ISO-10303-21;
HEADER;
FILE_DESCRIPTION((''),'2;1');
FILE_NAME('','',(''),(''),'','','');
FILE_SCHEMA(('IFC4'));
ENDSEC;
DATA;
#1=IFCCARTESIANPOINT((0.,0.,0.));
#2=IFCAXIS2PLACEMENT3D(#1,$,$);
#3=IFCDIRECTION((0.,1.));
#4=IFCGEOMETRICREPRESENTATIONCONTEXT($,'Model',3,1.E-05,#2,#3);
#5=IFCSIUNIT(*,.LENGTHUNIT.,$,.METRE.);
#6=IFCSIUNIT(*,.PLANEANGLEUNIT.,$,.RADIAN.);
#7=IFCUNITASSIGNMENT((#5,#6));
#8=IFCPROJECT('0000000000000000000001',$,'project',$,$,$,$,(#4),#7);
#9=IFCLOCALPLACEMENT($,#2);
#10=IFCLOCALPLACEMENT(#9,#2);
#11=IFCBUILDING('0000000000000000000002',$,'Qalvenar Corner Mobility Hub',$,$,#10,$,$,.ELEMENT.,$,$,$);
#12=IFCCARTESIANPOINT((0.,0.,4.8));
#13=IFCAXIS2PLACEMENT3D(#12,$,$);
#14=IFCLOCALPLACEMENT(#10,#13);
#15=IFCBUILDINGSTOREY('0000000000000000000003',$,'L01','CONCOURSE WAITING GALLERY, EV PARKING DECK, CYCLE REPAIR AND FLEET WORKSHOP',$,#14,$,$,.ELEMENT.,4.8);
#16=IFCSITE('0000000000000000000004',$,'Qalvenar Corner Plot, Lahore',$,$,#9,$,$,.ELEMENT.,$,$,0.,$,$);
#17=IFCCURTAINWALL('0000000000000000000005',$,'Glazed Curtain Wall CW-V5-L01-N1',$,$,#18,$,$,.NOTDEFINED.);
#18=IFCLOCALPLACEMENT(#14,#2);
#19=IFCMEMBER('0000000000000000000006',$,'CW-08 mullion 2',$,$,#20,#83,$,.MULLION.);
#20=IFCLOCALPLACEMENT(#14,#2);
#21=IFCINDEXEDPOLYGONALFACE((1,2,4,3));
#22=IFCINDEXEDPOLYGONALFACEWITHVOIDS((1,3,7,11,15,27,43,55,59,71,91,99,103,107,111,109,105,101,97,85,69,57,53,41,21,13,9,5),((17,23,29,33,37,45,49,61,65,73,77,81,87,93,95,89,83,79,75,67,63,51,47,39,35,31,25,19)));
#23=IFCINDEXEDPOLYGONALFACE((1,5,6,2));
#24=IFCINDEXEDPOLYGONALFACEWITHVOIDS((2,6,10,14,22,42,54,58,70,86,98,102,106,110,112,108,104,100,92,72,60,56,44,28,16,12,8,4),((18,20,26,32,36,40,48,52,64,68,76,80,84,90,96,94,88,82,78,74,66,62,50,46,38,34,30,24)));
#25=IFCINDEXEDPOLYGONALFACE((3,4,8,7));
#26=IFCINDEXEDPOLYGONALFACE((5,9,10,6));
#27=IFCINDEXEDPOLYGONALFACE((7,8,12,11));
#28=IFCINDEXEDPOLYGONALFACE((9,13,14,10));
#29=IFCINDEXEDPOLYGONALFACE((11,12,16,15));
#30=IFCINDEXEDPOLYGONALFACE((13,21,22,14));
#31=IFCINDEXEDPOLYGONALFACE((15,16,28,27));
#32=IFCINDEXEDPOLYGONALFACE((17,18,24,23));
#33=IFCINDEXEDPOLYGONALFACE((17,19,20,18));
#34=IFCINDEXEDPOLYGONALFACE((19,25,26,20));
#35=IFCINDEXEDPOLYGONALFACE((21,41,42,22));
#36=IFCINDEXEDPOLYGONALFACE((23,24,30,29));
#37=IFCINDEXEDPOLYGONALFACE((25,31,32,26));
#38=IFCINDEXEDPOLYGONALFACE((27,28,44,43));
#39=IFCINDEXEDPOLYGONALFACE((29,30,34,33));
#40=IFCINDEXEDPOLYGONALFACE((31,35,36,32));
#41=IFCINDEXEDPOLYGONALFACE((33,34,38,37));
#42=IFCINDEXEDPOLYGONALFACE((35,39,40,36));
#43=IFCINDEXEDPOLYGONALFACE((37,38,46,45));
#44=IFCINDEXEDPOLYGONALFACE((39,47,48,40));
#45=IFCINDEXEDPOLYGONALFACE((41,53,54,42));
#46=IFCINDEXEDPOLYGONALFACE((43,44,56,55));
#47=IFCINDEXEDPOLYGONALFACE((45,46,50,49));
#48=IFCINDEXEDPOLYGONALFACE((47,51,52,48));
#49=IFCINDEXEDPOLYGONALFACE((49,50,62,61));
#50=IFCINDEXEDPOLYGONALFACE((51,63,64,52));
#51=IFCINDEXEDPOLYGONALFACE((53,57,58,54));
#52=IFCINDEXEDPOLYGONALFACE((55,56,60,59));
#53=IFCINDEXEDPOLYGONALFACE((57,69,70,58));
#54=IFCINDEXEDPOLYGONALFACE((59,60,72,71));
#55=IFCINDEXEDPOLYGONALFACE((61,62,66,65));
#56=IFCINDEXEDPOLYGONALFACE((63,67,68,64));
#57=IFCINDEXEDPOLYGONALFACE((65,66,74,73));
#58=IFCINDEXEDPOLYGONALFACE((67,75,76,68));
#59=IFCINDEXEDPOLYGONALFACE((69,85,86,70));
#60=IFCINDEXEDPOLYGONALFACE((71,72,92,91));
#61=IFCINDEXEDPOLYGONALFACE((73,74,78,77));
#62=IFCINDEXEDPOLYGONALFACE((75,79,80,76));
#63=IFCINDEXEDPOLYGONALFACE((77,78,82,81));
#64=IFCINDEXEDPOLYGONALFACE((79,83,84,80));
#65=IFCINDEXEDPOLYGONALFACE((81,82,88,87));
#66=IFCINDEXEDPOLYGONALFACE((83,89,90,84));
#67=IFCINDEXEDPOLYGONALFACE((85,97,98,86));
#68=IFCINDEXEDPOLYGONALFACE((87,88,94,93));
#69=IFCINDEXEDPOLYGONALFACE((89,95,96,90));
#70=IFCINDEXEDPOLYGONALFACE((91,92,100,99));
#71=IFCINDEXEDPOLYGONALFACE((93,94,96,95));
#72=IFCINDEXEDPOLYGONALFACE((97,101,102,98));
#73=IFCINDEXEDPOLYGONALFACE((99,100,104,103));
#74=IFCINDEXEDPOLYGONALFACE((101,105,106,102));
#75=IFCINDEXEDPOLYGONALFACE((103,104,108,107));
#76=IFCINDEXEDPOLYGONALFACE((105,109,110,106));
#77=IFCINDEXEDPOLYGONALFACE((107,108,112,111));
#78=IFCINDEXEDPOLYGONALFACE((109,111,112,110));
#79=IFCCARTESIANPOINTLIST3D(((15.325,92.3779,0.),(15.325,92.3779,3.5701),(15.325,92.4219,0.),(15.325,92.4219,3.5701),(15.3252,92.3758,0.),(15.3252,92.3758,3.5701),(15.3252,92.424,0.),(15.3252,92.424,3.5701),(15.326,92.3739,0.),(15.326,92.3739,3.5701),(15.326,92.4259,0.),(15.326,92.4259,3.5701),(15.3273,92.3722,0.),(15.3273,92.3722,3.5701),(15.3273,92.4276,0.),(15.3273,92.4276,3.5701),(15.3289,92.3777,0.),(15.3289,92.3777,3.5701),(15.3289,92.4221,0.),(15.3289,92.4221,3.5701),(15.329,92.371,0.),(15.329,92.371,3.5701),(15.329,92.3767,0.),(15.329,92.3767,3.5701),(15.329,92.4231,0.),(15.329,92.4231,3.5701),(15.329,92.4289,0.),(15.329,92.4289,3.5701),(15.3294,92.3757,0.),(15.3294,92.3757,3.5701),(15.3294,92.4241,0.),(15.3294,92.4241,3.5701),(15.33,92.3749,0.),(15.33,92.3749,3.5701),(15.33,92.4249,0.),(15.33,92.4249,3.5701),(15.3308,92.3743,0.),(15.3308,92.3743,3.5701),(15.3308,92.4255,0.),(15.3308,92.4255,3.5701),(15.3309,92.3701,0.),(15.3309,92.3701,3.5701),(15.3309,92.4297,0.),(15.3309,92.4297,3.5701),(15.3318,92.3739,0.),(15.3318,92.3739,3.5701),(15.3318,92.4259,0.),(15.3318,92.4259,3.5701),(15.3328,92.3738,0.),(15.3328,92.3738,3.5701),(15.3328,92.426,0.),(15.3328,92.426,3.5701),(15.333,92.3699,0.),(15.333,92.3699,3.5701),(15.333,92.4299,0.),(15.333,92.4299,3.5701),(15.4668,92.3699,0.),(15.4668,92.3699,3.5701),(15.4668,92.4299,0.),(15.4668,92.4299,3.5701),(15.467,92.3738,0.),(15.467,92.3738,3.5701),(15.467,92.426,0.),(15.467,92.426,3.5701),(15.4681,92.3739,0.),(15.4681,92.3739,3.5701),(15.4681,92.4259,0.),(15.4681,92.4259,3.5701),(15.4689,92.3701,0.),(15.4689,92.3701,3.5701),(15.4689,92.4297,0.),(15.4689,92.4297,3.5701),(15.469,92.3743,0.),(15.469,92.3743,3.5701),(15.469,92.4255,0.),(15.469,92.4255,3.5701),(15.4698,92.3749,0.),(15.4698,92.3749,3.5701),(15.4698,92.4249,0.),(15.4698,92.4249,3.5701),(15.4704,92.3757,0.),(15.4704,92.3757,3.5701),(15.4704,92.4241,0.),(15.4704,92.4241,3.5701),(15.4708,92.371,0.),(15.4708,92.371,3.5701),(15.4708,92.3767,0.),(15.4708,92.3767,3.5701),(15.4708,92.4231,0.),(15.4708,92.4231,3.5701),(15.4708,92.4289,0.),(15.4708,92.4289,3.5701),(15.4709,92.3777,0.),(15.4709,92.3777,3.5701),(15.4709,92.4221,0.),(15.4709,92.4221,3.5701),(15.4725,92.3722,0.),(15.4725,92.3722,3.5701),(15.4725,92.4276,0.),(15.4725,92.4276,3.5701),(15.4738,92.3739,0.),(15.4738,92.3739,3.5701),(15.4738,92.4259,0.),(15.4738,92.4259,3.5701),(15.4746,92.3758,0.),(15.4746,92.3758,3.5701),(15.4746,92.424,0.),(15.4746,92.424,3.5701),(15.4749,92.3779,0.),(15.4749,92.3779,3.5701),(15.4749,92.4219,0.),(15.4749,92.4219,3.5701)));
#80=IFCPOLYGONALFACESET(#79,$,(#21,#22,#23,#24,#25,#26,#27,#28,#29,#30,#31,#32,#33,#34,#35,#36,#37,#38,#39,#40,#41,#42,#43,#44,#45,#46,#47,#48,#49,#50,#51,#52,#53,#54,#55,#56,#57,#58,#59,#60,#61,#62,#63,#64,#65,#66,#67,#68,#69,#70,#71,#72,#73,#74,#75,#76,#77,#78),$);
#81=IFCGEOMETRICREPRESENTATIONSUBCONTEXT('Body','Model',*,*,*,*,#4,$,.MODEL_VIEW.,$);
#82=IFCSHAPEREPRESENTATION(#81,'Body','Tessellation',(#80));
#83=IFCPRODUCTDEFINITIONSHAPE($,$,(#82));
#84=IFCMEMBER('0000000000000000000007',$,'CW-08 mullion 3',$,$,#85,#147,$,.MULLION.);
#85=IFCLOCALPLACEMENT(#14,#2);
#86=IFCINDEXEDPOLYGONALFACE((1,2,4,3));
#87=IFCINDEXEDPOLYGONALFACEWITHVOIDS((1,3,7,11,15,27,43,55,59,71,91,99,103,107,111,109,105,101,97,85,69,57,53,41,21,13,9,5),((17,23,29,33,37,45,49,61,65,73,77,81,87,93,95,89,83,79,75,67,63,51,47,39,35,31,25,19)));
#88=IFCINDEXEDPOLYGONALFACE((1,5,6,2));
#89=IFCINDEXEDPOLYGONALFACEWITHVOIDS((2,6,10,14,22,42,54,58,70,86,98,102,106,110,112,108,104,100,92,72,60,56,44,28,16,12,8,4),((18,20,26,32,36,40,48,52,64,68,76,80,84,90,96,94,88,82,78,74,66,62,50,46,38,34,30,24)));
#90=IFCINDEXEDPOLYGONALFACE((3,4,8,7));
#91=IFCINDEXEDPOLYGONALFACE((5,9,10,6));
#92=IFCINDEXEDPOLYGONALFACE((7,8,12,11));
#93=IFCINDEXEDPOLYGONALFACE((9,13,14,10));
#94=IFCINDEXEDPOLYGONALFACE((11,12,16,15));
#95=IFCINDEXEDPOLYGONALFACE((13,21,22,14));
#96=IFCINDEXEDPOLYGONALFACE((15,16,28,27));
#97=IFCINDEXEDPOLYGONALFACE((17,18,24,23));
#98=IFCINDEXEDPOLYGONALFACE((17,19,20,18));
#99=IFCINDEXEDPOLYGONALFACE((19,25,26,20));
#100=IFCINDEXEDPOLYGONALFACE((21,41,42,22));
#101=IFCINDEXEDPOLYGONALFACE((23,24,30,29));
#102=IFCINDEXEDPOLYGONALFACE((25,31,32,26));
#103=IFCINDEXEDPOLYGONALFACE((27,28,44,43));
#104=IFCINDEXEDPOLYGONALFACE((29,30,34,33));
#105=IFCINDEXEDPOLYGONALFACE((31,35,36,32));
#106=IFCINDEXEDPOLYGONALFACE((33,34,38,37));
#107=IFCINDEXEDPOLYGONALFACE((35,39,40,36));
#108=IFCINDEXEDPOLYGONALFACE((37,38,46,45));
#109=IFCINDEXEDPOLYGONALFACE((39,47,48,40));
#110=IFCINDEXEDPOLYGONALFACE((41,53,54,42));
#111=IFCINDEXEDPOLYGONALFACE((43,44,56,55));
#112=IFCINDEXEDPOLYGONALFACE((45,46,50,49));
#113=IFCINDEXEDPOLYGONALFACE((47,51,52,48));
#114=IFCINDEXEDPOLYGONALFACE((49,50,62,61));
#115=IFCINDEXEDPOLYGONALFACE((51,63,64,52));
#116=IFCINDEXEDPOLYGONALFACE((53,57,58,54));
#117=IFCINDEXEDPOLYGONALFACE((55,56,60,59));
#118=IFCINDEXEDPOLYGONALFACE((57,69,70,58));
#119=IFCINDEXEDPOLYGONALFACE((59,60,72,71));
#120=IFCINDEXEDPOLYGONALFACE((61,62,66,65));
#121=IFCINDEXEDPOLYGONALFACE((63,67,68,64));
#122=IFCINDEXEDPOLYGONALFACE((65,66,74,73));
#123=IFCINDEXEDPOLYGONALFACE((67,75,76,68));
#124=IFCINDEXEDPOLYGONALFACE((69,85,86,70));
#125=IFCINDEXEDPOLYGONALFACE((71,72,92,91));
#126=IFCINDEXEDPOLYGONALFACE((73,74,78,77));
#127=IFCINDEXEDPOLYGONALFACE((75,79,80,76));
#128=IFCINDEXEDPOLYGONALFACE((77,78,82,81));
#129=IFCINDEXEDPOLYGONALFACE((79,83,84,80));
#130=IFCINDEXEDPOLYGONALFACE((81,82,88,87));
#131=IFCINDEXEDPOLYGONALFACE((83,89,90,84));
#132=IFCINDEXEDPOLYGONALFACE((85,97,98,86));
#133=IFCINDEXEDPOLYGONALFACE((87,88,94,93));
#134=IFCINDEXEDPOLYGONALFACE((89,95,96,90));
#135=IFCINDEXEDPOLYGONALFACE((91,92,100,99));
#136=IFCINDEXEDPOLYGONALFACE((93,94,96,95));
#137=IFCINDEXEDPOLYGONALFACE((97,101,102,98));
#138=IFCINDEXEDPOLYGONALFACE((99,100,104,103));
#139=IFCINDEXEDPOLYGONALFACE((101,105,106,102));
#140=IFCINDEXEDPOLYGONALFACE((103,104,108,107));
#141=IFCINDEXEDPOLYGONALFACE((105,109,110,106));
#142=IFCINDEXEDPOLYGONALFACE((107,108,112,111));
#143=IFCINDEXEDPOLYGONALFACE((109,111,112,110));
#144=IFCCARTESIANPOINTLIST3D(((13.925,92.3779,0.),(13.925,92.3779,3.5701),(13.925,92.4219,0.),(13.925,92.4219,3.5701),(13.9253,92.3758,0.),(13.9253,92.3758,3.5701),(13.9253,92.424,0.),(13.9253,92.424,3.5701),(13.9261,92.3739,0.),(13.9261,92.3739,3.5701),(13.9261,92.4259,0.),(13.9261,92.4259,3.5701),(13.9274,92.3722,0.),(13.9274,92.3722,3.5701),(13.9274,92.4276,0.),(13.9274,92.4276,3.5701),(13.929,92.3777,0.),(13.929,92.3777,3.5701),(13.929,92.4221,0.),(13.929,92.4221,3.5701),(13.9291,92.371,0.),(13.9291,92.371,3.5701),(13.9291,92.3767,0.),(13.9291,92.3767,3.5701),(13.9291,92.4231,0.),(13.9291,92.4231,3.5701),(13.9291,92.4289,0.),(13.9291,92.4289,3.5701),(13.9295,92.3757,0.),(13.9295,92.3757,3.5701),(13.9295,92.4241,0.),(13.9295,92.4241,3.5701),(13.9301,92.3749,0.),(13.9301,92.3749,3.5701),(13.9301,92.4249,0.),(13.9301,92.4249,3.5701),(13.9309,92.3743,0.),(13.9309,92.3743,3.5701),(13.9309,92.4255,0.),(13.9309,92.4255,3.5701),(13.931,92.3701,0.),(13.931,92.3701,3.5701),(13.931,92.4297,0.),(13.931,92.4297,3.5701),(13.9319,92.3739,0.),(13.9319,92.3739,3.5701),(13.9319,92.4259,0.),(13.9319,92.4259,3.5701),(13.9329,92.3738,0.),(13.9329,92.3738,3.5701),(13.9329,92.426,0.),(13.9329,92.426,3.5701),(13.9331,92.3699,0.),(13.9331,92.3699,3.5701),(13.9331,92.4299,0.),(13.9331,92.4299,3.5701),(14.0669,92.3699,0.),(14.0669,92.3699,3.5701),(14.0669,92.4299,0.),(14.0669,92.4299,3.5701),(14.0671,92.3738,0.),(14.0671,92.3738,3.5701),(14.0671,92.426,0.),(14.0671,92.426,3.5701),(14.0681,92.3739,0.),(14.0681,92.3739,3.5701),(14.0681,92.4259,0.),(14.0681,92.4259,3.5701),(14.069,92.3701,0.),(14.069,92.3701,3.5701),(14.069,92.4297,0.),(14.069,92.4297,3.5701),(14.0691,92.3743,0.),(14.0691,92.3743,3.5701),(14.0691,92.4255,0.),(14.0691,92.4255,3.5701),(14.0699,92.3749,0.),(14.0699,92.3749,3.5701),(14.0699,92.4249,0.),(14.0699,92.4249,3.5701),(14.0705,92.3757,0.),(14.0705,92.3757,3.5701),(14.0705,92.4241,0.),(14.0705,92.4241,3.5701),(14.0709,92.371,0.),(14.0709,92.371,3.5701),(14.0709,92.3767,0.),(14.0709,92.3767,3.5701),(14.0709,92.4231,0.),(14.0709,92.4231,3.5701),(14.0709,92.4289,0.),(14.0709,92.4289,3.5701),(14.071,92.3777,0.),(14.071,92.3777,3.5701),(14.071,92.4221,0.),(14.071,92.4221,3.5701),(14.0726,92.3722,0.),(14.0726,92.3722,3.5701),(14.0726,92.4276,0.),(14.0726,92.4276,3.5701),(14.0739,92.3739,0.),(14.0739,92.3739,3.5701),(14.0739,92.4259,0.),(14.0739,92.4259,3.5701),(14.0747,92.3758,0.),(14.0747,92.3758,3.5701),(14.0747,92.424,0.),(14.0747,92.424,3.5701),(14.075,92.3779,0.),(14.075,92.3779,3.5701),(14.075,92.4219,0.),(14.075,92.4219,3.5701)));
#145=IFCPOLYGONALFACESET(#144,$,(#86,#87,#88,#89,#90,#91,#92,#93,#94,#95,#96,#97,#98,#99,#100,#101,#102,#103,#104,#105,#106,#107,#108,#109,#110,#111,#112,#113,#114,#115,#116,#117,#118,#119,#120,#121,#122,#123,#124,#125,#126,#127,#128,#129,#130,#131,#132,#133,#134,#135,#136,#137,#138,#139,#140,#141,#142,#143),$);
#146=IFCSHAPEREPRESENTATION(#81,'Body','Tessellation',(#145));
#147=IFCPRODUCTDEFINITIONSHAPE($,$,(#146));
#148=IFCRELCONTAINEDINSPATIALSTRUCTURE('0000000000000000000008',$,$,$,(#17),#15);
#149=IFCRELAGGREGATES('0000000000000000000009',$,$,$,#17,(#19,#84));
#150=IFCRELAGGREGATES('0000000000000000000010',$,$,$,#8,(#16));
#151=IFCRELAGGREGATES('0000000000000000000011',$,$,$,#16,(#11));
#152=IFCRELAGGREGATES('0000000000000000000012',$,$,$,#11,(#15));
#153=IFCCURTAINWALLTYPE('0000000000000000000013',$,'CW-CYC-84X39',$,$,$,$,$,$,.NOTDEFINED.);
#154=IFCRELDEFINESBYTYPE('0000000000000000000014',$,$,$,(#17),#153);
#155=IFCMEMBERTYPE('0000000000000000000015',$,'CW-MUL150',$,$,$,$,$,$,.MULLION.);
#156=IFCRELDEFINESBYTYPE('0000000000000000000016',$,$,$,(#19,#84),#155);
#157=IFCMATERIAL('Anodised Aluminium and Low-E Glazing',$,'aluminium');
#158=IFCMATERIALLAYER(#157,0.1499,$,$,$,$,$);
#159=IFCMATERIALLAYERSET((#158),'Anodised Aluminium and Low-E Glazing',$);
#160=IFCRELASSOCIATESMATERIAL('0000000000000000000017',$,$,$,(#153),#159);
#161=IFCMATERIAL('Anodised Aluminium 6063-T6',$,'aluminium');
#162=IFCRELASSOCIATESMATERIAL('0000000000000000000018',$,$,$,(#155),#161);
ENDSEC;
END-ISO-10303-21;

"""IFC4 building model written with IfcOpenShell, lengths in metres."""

from ifc_helpers import new_model, si_unit, direction, frame, origin, origin_2d, place, context, subcontext, project, spatial, hollow_rectangle, extrude, material, layer, layer_set, material_profile, profile_set, type_object, element, aggregate, save


model = new_model("IFC4")

# Units and contexts
model_context = context("Model", 3, precision=1e-05, world=origin(), true_north=direction((0.0, 1.0)))
body_context = subcontext(model_context, "Body", "Model", "MODEL_VIEW")
ifc_project = project(units=[si_unit("LENGTHUNIT", "METRE"), si_unit("PLANEANGLEUNIT", "RADIAN")], contexts=[model_context])

# Site, building, storey
site_placement = place(None, origin())
site = spatial("IfcSite", under=ifc_project, at=site_placement, Name="Qalvenar Corner Plot, Lahore", CompositionType="ELEMENT", RefElevation=0.0)
building_placement = place(site_placement, origin())
building = spatial("IfcBuilding", under=site, at=building_placement, Name="Qalvenar Corner Mobility Hub", CompositionType="ELEMENT")
storey_placement = place(building_placement, frame((0.0, 0.0, 4.8)))
storey = spatial("IfcBuildingStorey", under=building, at=storey_placement, Name="L01", Description="CONCOURSE WAITING GALLERY, EV PARKING DECK, CYCLE REPAIR AND FLEET WORKSHOP", CompositionType="ELEMENT", Elevation=4.8)

# Curtain wall, members
ifc_material_1 = material(Name="Anodised Aluminium and Low-E Glazing", Category="aluminium")
ifc_layer_1 = layer(ifc_material_1, 0.1499)
ifc_layer_set_1 = layer_set([ifc_layer_1], Name="Anodised Aluminium and Low-E Glazing")
curtain_wall_type = type_object("IfcCurtainWallType", Name="CW-CYC-84X39", PredefinedType="NOTDEFINED", material=ifc_layer_set_1)
curtain_wall_1_placement = place(storey_placement, origin())
curtain_wall_1 = element("IfcCurtainWall", 1, at=curtain_wall_1_placement, inside=storey, type_object=curtain_wall_type, Name="Glazed Curtain Wall CW-V5-L01-N1", PredefinedType="NOTDEFINED")
ifc_material_2 = material(Name="Anodised Aluminium 6063-T6", Category="aluminium")
ifc_material_profile_1 = material_profile(ifc_material_2, hollow_rectangle(XDim=0.0601, YDim=0.1499, WallThickness=0.0039, InnerFilletRadius=0.0039, OuterFilletRadius=0.0081, at=origin_2d()), Name="RHS150x60x4")
ifc_profile_set_1 = profile_set([ifc_material_profile_1], Name="Anodised Aluminium 6063-T6")
member_type_1 = type_object("IfcMemberType", Name="CW-MUL150", PredefinedType="MULLION", material=ifc_profile_set_1)
member_1_placement = place(storey_placement, frame((15.3999, 92.3999, 0.0), z_axis=(0.0, 0.0, 1.0), x_axis=(0.0, -1.0, 0.0)))
member_1 = element("IfcMember", 2, at=member_1_placement, type_object=member_type_1, Name="CW-08 mullion 2", PredefinedType="MULLION", context=body_context, shape_type="SweptSolid", body=[
    extrude(hollow_rectangle(XDim=0.0601, YDim=0.1499, WallThickness=0.0039, InnerFilletRadius=0.0039, OuterFilletRadius=0.0081, at=origin_2d()), origin(), (0.0, 0.0, 1.0), 3.5701),
])
member_2_placement = place(storey_placement, frame((14.0, 92.3999, 0.0), z_axis=(0.0, 0.0, 1.0), x_axis=(0.0, -1.0, 0.0)))
member_2 = element("IfcMember", 3, at=member_2_placement, type_object=member_type_1, Name="CW-08 mullion 3", PredefinedType="MULLION", context=body_context, shape_type="SweptSolid", body=[
    extrude(hollow_rectangle(XDim=0.0601, YDim=0.1499, WallThickness=0.0039, InnerFilletRadius=0.0039, OuterFilletRadius=0.0081, at=origin_2d()), origin(), (0.0, 0.0, 1.0), 3.5701),
])

aggregate(curtain_wall_1, [member_1, member_2])

save(model, "model.ifc")
